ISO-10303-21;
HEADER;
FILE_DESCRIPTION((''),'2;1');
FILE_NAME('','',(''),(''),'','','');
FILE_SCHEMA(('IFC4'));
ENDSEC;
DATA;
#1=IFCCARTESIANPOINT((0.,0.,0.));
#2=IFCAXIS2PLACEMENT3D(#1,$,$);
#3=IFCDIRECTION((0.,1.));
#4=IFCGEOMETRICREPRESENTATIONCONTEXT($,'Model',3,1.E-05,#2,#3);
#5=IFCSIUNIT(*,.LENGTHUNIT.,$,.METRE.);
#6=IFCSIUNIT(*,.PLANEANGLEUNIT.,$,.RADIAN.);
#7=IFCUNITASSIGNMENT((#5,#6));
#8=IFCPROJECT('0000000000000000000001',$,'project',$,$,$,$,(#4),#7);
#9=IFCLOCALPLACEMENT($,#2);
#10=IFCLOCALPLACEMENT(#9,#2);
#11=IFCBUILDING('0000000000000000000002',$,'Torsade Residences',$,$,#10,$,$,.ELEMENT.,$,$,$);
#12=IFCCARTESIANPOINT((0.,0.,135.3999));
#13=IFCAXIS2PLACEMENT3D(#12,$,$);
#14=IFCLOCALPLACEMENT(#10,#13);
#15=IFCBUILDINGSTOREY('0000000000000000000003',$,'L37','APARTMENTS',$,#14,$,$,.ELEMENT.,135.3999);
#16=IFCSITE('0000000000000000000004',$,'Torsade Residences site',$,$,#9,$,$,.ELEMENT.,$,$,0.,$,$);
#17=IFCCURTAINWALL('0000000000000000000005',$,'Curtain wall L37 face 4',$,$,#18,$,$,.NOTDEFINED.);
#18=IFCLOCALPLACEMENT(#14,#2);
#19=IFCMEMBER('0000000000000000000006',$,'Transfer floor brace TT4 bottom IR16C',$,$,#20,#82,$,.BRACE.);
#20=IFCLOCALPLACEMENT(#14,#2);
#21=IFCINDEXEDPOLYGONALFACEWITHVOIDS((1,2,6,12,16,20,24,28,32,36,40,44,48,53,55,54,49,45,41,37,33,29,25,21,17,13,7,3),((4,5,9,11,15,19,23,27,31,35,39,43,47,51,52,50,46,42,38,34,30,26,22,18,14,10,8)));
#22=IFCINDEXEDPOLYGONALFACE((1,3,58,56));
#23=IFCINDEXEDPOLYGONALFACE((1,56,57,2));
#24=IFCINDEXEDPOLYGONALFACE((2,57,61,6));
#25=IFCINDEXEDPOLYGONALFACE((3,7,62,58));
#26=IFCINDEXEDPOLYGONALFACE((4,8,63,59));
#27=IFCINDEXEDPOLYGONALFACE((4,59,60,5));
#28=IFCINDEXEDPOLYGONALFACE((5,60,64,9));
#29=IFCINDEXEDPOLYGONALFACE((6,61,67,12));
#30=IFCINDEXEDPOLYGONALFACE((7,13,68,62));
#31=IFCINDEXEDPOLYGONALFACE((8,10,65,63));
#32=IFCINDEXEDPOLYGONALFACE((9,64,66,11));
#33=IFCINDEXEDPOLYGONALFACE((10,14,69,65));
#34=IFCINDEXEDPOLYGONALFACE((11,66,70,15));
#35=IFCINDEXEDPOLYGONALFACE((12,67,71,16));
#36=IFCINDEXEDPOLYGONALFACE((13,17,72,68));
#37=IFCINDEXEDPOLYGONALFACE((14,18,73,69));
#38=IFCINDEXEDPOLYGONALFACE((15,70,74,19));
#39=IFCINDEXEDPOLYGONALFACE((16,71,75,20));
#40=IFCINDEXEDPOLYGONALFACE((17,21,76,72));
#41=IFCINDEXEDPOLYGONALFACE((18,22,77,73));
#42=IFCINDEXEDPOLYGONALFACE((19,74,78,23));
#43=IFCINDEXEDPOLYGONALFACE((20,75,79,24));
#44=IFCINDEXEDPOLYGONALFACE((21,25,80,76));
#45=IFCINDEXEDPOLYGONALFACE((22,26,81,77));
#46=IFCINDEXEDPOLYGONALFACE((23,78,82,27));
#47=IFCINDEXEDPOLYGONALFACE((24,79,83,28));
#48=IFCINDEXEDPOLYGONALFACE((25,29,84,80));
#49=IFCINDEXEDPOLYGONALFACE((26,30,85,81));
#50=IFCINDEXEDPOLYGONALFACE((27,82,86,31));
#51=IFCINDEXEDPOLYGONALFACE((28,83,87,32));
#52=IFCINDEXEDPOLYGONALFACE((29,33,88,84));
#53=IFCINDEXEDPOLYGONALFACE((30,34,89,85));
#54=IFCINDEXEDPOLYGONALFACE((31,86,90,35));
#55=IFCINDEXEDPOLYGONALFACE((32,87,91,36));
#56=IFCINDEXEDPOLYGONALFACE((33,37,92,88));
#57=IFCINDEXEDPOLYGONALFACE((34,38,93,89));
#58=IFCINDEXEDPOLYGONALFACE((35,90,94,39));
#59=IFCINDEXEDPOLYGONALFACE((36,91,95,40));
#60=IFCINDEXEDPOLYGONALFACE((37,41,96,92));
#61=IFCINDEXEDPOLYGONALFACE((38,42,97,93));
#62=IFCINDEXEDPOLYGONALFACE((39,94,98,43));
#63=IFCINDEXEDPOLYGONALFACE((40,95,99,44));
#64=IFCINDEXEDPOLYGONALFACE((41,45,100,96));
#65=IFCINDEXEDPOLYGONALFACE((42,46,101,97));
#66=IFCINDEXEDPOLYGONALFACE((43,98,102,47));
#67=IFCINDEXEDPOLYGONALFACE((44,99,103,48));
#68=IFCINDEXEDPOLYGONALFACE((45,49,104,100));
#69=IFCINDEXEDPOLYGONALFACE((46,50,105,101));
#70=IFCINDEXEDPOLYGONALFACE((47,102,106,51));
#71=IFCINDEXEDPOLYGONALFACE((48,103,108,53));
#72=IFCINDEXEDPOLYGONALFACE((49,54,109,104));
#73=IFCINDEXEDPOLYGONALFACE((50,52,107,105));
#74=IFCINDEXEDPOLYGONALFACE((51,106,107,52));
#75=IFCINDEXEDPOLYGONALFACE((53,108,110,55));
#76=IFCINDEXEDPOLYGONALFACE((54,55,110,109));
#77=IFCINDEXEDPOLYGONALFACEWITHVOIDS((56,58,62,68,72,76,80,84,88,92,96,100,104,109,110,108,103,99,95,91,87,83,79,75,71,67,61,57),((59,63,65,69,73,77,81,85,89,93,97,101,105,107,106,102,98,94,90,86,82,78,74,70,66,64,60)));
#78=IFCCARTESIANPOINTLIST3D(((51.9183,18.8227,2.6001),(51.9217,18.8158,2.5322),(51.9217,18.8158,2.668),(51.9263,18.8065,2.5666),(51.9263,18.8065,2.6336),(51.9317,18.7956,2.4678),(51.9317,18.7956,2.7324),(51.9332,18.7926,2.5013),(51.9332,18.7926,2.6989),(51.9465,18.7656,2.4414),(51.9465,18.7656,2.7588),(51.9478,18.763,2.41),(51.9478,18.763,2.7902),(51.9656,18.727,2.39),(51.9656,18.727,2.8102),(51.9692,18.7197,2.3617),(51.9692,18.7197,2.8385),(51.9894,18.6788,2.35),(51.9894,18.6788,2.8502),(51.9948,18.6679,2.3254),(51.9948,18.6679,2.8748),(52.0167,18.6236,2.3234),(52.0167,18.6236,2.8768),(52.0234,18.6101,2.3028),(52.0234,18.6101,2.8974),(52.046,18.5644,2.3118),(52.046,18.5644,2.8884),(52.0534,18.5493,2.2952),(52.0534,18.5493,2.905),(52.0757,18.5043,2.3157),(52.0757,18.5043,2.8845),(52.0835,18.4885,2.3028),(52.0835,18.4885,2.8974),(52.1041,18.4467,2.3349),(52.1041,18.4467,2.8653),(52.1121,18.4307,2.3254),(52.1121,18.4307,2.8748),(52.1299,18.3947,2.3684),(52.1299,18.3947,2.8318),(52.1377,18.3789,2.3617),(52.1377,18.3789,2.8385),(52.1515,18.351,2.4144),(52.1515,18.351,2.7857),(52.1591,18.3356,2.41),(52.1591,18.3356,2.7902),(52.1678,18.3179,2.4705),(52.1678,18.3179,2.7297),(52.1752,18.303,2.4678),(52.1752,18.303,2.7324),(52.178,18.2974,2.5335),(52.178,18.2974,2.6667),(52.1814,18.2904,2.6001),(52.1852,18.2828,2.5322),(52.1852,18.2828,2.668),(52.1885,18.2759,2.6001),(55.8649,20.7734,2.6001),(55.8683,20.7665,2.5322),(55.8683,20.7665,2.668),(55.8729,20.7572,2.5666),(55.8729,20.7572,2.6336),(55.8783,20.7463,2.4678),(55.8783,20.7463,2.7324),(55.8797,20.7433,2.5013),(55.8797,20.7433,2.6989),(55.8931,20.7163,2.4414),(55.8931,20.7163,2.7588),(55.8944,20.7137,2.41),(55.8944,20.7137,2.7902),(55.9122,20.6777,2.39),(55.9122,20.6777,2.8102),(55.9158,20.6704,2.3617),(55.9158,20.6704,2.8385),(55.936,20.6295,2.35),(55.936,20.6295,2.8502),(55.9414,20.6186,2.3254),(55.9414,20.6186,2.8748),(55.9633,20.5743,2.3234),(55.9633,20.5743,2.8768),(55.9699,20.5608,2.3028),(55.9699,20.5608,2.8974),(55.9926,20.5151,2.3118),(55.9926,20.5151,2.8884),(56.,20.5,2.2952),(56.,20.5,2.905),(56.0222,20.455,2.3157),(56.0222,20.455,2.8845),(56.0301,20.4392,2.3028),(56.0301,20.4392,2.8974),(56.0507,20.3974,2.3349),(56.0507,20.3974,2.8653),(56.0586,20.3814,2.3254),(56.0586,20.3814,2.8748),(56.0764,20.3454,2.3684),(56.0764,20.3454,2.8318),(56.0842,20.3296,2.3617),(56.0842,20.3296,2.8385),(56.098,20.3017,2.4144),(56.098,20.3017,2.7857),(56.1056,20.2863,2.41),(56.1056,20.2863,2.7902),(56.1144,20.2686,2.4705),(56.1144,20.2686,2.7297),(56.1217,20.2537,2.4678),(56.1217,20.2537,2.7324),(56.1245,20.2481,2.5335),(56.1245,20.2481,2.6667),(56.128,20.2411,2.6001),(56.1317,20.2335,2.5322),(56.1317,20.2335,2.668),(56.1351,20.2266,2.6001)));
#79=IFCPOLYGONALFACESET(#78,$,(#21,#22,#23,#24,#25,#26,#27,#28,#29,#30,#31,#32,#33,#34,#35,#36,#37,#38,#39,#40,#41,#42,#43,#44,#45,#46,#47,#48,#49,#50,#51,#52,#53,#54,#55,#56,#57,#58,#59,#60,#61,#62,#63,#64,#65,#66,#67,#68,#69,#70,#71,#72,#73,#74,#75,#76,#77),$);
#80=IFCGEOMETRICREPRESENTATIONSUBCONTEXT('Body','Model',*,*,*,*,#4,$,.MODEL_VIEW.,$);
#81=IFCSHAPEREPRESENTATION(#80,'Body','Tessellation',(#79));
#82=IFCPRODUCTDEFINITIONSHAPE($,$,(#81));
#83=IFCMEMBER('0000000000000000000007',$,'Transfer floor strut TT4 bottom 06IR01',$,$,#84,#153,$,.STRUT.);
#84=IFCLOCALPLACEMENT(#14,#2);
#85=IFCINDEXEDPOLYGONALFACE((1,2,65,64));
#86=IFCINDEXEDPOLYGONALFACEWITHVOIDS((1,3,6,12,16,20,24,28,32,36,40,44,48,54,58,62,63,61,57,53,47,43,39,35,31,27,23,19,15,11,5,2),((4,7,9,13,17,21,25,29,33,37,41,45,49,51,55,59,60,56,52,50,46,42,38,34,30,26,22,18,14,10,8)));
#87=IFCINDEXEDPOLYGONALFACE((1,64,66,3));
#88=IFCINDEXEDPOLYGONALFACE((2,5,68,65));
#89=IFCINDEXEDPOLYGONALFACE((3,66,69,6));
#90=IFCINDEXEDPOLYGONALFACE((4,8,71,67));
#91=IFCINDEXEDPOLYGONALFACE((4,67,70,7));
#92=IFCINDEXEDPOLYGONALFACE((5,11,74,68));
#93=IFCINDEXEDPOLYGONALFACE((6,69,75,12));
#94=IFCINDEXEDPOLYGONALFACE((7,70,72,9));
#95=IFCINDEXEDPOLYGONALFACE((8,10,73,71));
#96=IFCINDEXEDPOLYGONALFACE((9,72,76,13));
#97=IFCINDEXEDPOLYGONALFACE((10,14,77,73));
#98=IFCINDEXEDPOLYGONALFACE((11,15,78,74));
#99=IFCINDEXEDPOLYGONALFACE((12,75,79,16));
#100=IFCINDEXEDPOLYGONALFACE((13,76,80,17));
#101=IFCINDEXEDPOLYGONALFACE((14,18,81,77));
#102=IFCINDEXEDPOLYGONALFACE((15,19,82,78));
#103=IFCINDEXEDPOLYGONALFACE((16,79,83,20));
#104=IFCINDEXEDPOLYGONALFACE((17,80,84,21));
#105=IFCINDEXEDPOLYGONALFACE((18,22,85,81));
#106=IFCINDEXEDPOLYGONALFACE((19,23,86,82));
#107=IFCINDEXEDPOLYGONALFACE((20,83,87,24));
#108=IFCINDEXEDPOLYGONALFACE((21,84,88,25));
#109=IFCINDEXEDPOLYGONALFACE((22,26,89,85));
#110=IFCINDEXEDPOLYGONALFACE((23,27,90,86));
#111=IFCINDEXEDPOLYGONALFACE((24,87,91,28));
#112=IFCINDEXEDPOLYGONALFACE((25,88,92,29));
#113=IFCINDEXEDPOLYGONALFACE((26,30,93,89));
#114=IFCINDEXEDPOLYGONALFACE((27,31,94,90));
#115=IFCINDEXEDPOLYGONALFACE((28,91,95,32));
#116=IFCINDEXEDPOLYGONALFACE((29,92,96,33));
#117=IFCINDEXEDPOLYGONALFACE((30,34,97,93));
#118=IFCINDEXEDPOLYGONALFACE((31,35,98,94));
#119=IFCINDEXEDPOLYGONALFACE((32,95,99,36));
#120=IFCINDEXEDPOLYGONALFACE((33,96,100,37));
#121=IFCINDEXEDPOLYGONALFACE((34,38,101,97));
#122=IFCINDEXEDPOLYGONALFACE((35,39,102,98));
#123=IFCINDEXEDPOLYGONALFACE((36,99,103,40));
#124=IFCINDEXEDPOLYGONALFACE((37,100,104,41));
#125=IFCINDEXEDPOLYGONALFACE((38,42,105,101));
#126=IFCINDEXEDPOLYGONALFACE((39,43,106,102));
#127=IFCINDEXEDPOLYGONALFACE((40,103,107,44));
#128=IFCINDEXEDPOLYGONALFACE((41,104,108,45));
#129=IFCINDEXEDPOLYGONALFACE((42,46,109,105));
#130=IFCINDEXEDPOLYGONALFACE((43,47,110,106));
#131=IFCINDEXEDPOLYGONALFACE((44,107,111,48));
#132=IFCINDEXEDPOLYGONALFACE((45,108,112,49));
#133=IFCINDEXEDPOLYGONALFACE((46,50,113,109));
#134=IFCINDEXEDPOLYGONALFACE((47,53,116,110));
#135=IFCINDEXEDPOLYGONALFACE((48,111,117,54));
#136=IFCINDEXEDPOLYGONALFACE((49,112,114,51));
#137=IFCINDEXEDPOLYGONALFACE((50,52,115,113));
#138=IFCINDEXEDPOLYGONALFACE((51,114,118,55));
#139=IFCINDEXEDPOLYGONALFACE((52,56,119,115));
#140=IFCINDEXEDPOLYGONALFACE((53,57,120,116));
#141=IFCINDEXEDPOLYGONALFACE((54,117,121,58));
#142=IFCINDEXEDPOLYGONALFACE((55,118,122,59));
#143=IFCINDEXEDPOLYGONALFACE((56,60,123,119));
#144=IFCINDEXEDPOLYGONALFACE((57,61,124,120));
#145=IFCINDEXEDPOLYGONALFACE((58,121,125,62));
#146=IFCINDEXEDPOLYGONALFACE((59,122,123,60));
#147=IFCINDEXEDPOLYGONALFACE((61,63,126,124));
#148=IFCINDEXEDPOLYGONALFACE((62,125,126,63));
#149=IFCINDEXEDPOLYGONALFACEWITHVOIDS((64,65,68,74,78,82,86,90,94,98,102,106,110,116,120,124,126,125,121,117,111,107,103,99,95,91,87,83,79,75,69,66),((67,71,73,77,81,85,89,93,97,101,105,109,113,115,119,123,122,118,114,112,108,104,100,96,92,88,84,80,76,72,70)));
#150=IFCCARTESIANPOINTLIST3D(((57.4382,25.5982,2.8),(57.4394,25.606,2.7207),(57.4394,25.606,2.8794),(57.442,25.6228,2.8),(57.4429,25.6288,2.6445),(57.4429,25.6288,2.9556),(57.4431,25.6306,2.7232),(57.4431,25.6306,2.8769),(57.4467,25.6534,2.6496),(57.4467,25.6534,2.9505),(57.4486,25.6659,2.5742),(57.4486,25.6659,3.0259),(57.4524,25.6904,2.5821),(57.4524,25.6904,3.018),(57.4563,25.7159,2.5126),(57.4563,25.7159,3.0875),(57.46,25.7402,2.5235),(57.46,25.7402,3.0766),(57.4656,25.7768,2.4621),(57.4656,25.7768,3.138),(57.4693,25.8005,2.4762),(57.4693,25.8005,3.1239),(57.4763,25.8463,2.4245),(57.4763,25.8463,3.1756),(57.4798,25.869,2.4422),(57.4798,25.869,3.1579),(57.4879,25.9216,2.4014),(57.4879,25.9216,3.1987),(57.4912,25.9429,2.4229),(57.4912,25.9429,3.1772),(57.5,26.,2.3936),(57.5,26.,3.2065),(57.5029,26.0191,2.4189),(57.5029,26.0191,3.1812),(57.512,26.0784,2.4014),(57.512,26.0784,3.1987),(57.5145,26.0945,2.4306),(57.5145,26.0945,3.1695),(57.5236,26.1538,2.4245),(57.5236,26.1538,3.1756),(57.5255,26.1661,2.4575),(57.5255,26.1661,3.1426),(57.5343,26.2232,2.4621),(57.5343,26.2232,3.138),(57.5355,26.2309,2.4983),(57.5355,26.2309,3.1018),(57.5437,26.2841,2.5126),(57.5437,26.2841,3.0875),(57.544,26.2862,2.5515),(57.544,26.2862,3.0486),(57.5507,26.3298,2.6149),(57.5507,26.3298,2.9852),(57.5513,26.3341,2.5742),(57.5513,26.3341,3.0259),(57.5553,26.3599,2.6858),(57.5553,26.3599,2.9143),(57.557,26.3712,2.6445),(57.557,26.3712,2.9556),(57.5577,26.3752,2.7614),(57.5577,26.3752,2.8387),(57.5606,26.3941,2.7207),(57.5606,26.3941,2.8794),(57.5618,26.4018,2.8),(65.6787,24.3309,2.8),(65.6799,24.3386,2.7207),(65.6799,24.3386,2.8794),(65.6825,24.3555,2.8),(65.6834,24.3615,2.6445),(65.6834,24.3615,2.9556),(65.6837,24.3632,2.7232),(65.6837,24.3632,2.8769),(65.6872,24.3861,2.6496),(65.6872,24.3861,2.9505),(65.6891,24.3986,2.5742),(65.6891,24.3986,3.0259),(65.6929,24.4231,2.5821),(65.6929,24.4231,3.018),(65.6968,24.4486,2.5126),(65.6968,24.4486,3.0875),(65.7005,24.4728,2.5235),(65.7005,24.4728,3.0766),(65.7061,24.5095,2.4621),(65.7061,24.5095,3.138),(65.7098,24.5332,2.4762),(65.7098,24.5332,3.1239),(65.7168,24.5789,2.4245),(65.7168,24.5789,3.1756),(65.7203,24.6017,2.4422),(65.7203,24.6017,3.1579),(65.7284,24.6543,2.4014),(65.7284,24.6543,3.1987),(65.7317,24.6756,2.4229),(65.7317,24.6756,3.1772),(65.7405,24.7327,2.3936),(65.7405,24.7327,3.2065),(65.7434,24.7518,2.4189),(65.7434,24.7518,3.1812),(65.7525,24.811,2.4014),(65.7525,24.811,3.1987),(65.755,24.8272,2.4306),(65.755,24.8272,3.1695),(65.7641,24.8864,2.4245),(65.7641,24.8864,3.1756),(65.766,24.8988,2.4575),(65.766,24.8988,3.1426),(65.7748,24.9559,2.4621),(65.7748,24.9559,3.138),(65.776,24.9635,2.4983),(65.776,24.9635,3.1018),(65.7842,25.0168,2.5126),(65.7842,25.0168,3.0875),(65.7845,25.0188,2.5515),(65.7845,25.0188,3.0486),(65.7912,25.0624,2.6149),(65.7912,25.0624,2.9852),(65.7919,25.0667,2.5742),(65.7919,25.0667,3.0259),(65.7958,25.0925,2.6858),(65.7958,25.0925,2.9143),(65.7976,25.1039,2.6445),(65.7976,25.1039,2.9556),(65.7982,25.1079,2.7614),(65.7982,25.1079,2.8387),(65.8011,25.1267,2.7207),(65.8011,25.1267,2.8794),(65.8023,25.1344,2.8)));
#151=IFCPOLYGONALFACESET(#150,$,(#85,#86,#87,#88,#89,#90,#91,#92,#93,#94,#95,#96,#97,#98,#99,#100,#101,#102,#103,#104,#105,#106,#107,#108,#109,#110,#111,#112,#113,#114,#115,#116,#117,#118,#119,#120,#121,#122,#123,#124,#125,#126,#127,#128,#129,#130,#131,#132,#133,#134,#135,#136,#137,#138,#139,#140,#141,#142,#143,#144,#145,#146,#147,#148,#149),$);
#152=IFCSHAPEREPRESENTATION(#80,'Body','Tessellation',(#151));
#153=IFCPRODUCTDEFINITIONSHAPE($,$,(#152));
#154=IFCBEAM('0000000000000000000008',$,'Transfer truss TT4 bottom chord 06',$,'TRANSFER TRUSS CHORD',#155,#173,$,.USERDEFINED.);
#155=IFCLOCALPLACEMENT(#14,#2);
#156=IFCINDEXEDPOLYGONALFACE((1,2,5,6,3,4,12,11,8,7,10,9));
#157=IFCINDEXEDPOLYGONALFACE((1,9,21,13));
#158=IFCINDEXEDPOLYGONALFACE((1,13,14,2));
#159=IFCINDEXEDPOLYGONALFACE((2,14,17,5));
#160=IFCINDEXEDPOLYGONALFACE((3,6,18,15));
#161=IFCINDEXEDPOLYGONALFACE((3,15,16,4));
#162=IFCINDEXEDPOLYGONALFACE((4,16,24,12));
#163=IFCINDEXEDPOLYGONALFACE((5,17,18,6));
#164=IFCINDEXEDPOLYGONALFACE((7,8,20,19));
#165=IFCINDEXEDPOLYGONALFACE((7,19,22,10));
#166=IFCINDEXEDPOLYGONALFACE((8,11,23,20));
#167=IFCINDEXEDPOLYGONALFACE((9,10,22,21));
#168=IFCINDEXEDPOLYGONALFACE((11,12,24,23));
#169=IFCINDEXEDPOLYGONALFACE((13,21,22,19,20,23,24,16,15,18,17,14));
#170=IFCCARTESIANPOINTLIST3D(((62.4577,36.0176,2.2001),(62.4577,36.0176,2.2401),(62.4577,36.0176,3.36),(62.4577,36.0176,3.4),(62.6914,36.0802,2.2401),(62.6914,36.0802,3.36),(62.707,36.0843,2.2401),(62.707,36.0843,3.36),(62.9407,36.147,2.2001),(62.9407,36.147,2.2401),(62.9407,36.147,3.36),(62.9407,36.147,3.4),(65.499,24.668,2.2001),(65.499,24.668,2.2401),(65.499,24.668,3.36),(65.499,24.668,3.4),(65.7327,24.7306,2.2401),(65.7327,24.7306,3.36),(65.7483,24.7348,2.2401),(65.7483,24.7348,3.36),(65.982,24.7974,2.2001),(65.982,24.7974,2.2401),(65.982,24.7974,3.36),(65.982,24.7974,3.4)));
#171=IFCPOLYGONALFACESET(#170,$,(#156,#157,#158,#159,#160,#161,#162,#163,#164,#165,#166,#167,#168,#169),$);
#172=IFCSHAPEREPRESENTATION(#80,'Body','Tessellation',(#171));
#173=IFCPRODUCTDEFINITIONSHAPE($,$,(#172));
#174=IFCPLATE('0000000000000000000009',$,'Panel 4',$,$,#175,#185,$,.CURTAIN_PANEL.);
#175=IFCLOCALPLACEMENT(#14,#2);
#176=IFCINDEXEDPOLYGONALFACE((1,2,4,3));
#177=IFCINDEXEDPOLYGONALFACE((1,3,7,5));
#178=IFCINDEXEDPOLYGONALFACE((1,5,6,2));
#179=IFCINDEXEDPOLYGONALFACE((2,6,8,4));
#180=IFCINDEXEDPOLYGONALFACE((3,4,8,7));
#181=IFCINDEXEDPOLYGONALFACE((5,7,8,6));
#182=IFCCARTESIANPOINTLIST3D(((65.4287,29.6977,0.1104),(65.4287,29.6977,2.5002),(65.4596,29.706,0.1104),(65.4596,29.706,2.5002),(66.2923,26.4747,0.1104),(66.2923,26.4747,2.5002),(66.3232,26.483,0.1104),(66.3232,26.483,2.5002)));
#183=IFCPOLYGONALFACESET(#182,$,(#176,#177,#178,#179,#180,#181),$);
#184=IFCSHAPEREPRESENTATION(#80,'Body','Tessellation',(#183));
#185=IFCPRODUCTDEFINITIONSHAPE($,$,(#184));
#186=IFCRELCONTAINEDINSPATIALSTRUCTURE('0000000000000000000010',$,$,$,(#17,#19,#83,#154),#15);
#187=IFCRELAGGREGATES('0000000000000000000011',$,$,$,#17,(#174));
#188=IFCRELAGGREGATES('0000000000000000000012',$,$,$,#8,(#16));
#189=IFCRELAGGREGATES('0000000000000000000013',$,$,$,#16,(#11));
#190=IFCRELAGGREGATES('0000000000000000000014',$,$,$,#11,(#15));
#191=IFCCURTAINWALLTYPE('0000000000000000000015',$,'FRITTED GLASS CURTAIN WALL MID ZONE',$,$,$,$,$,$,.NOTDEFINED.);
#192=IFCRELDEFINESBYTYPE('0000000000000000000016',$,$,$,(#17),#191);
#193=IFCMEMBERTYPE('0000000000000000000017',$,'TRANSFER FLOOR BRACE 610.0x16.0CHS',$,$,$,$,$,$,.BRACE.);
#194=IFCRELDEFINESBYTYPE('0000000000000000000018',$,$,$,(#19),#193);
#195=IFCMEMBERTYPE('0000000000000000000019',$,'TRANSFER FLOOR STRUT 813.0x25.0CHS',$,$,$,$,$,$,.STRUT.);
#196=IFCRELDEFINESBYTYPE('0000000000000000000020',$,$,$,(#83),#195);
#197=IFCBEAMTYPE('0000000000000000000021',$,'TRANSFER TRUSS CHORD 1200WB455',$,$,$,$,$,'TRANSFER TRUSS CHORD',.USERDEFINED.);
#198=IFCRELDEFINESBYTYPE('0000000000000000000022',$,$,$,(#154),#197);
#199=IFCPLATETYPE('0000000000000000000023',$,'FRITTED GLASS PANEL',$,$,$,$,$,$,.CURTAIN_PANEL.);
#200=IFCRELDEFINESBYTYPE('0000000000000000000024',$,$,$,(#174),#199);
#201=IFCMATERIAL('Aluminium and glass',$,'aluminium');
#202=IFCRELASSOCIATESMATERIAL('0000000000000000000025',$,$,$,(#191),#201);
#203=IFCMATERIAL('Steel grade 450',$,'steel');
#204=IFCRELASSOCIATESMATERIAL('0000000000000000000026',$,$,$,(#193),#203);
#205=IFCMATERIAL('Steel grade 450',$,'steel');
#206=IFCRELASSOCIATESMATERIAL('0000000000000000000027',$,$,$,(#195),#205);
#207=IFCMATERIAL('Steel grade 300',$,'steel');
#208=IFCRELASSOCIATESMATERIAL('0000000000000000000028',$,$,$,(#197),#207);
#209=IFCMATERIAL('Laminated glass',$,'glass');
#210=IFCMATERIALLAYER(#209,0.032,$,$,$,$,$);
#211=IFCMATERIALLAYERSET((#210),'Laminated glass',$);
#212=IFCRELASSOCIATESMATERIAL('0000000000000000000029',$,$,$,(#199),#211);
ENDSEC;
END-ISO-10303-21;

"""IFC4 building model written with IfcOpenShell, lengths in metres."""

from ifc_helpers import new_model, si_unit, direction, frame, origin, origin_2d, place, context, subcontext, project, spatial, rectangle, hollow_circle, i_section, extrude, material, layer, layer_set, material_profile, profile_set, type_object, element, aggregate, save


model = new_model("IFC4")

# Units and contexts
model_context = context("Model", 3, precision=1e-05, world=origin(), true_north=direction((0.0, 1.0)))
body_context = subcontext(model_context, "Body", "Model", "MODEL_VIEW")
ifc_project = project(units=[si_unit("LENGTHUNIT", "METRE"), si_unit("PLANEANGLEUNIT", "RADIAN")], contexts=[model_context])

# Site, building, storey
site_placement = place(None, origin())
site = spatial("IfcSite", under=ifc_project, at=site_placement, Name="Torsade Residences site", CompositionType="ELEMENT", RefElevation=0.0)
building_placement = place(site_placement, origin())
building = spatial("IfcBuilding", under=site, at=building_placement, Name="Torsade Residences", CompositionType="ELEMENT")
storey_placement = place(building_placement, frame((0.0, 0.0, 135.3999)))
storey = spatial("IfcBuildingStorey", under=building, at=storey_placement, Name="L37", Description="APARTMENTS", CompositionType="ELEMENT", Elevation=135.3999)

# Curtain wall
ifc_material_1 = material(Name="Aluminium and glass", Category="aluminium")
curtain_wall_type = type_object("IfcCurtainWallType", Name="FRITTED GLASS CURTAIN WALL MID ZONE", PredefinedType="NOTDEFINED", material=ifc_material_1)
curtain_wall_placement = place(storey_placement, origin())
curtain_wall = element("IfcCurtainWall", 1, at=curtain_wall_placement, inside=storey, type_object=curtain_wall_type, Name="Curtain wall L37 face 4", PredefinedType="NOTDEFINED")

# Members
ifc_material_2 = material(Name="Steel grade 450", Category="steel")
ifc_material_profile_1 = material_profile(ifc_material_2, hollow_circle(Radius=0.3049, WallThickness=0.0161, at=origin_2d()), Name="610.0x16.0CHS")
ifc_profile_set_1 = profile_set([ifc_material_profile_1], Name="Steel grade 450")
member_type_1 = type_object("IfcMemberType", Name="TRANSFER FLOOR BRACE 610.0x16.0CHS", PredefinedType="BRACE", material=ifc_profile_set_1)
member_1_placement = place(storey_placement, frame((56.0, 20.5, 2.6001), z_axis=(-0.89647, -0.443105, 0.0), x_axis=(0.443105, -0.89647, 0.0)))
element("IfcMember", 2, at=member_1_placement, inside=storey, type_object=member_type_1, Name="Transfer floor brace TT4 bottom IR16C", PredefinedType="BRACE", context=body_context, shape_type="SweptSolid", body=[
    extrude(hollow_circle(Radius=0.3049, WallThickness=0.0161, at=origin_2d()), origin(), (0.0, 0.0, 1.0), 4.4023),
])
ifc_material_3 = material(Name="Steel grade 450", Category="steel")
ifc_material_profile_2 = material_profile(ifc_material_3, hollow_circle(Radius=0.4065, WallThickness=0.0249, at=origin_2d()), Name="813.0x25.0CHS")
ifc_profile_set_2 = profile_set([ifc_material_profile_2], Name="Steel grade 450")
member_type_2 = type_object("IfcMemberType", Name="TRANSFER FLOOR STRUT 813.0x25.0CHS", PredefinedType="STRUT", material=ifc_profile_set_2)
member_2_placement = place(storey_placement, frame((65.7405, 24.7327, 2.8), z_axis=(-0.988379, 0.152007, 0.0), x_axis=(-0.152007, -0.988379, 0.0)))
element("IfcMember", 3, at=member_2_placement, inside=storey, type_object=member_type_2, Name="Transfer floor strut TT4 bottom 06IR01", PredefinedType="STRUT", context=body_context, shape_type="SweptSolid", body=[
    extrude(hollow_circle(Radius=0.4065, WallThickness=0.0249, at=origin_2d()), origin(), (0.0, 0.0, 1.0), 8.3374),
])

# Beam
ifc_material_4 = material(Name="Steel grade 300", Category="steel")
ifc_material_profile_3 = material_profile(ifc_material_4, i_section(OverallWidth=0.5, OverallDepth=1.2, WebThickness=0.0161, FlangeThickness=0.04, at=origin_2d()), Name="1200WB455")
ifc_profile_set_3 = profile_set([ifc_material_profile_3], Name="Steel grade 300")
beam_type_1 = type_object("IfcBeamType", Name="TRANSFER TRUSS CHORD 1200WB455", ElementType="TRANSFER TRUSS CHORD", PredefinedType="USERDEFINED", material=ifc_profile_set_3)
beam_1_placement = place(storey_placement, frame((65.7405, 24.7327, 2.8), z_axis=(-0.25883, 0.965923, 0.0), x_axis=(-0.965923, -0.25883, 0.0)))
element("IfcBeam", 4, at=beam_1_placement, inside=storey, type_object=beam_type_1, Name="Transfer truss TT4 bottom chord 06", ObjectType="TRANSFER TRUSS CHORD", PredefinedType="USERDEFINED", context=body_context, shape_type="SweptSolid", body=[
    extrude(i_section(OverallWidth=0.5, OverallDepth=1.2, WebThickness=0.0161, FlangeThickness=0.04, at=origin_2d()), origin(), (0.0, 0.0, 1.0), 11.75),
])

# Plate
ifc_material_5 = material(Name="Laminated glass", Category="glass")
ifc_layer_1 = layer(ifc_material_5, 0.032)
ifc_layer_set_1 = layer_set([ifc_layer_1], Name="Laminated glass")
plate_type_1 = type_object("IfcPlateType", Name="FRITTED GLASS PANEL", PredefinedType="CURTAIN_PANEL", material=ifc_layer_set_1)
plate_1_placement = place(storey_placement, frame((65.876, 28.0903, 0.1104), z_axis=(0.0, 0.0, 1.0), x_axis=(-0.258819, 0.965926, 0.0)))
plate_1 = element("IfcPlate", 5, at=plate_1_placement, type_object=plate_type_1, Name="Panel 4", PredefinedType="CURTAIN_PANEL", context=body_context, shape_type="SweptSolid", body=[
    extrude(rectangle(XDim=3.3367, YDim=0.032, at=origin_2d()), origin(), (0.0, 0.0, 1.0), 2.3899),
])
aggregate(curtain_wall, [plate_1])

save(model, "model.ifc")
